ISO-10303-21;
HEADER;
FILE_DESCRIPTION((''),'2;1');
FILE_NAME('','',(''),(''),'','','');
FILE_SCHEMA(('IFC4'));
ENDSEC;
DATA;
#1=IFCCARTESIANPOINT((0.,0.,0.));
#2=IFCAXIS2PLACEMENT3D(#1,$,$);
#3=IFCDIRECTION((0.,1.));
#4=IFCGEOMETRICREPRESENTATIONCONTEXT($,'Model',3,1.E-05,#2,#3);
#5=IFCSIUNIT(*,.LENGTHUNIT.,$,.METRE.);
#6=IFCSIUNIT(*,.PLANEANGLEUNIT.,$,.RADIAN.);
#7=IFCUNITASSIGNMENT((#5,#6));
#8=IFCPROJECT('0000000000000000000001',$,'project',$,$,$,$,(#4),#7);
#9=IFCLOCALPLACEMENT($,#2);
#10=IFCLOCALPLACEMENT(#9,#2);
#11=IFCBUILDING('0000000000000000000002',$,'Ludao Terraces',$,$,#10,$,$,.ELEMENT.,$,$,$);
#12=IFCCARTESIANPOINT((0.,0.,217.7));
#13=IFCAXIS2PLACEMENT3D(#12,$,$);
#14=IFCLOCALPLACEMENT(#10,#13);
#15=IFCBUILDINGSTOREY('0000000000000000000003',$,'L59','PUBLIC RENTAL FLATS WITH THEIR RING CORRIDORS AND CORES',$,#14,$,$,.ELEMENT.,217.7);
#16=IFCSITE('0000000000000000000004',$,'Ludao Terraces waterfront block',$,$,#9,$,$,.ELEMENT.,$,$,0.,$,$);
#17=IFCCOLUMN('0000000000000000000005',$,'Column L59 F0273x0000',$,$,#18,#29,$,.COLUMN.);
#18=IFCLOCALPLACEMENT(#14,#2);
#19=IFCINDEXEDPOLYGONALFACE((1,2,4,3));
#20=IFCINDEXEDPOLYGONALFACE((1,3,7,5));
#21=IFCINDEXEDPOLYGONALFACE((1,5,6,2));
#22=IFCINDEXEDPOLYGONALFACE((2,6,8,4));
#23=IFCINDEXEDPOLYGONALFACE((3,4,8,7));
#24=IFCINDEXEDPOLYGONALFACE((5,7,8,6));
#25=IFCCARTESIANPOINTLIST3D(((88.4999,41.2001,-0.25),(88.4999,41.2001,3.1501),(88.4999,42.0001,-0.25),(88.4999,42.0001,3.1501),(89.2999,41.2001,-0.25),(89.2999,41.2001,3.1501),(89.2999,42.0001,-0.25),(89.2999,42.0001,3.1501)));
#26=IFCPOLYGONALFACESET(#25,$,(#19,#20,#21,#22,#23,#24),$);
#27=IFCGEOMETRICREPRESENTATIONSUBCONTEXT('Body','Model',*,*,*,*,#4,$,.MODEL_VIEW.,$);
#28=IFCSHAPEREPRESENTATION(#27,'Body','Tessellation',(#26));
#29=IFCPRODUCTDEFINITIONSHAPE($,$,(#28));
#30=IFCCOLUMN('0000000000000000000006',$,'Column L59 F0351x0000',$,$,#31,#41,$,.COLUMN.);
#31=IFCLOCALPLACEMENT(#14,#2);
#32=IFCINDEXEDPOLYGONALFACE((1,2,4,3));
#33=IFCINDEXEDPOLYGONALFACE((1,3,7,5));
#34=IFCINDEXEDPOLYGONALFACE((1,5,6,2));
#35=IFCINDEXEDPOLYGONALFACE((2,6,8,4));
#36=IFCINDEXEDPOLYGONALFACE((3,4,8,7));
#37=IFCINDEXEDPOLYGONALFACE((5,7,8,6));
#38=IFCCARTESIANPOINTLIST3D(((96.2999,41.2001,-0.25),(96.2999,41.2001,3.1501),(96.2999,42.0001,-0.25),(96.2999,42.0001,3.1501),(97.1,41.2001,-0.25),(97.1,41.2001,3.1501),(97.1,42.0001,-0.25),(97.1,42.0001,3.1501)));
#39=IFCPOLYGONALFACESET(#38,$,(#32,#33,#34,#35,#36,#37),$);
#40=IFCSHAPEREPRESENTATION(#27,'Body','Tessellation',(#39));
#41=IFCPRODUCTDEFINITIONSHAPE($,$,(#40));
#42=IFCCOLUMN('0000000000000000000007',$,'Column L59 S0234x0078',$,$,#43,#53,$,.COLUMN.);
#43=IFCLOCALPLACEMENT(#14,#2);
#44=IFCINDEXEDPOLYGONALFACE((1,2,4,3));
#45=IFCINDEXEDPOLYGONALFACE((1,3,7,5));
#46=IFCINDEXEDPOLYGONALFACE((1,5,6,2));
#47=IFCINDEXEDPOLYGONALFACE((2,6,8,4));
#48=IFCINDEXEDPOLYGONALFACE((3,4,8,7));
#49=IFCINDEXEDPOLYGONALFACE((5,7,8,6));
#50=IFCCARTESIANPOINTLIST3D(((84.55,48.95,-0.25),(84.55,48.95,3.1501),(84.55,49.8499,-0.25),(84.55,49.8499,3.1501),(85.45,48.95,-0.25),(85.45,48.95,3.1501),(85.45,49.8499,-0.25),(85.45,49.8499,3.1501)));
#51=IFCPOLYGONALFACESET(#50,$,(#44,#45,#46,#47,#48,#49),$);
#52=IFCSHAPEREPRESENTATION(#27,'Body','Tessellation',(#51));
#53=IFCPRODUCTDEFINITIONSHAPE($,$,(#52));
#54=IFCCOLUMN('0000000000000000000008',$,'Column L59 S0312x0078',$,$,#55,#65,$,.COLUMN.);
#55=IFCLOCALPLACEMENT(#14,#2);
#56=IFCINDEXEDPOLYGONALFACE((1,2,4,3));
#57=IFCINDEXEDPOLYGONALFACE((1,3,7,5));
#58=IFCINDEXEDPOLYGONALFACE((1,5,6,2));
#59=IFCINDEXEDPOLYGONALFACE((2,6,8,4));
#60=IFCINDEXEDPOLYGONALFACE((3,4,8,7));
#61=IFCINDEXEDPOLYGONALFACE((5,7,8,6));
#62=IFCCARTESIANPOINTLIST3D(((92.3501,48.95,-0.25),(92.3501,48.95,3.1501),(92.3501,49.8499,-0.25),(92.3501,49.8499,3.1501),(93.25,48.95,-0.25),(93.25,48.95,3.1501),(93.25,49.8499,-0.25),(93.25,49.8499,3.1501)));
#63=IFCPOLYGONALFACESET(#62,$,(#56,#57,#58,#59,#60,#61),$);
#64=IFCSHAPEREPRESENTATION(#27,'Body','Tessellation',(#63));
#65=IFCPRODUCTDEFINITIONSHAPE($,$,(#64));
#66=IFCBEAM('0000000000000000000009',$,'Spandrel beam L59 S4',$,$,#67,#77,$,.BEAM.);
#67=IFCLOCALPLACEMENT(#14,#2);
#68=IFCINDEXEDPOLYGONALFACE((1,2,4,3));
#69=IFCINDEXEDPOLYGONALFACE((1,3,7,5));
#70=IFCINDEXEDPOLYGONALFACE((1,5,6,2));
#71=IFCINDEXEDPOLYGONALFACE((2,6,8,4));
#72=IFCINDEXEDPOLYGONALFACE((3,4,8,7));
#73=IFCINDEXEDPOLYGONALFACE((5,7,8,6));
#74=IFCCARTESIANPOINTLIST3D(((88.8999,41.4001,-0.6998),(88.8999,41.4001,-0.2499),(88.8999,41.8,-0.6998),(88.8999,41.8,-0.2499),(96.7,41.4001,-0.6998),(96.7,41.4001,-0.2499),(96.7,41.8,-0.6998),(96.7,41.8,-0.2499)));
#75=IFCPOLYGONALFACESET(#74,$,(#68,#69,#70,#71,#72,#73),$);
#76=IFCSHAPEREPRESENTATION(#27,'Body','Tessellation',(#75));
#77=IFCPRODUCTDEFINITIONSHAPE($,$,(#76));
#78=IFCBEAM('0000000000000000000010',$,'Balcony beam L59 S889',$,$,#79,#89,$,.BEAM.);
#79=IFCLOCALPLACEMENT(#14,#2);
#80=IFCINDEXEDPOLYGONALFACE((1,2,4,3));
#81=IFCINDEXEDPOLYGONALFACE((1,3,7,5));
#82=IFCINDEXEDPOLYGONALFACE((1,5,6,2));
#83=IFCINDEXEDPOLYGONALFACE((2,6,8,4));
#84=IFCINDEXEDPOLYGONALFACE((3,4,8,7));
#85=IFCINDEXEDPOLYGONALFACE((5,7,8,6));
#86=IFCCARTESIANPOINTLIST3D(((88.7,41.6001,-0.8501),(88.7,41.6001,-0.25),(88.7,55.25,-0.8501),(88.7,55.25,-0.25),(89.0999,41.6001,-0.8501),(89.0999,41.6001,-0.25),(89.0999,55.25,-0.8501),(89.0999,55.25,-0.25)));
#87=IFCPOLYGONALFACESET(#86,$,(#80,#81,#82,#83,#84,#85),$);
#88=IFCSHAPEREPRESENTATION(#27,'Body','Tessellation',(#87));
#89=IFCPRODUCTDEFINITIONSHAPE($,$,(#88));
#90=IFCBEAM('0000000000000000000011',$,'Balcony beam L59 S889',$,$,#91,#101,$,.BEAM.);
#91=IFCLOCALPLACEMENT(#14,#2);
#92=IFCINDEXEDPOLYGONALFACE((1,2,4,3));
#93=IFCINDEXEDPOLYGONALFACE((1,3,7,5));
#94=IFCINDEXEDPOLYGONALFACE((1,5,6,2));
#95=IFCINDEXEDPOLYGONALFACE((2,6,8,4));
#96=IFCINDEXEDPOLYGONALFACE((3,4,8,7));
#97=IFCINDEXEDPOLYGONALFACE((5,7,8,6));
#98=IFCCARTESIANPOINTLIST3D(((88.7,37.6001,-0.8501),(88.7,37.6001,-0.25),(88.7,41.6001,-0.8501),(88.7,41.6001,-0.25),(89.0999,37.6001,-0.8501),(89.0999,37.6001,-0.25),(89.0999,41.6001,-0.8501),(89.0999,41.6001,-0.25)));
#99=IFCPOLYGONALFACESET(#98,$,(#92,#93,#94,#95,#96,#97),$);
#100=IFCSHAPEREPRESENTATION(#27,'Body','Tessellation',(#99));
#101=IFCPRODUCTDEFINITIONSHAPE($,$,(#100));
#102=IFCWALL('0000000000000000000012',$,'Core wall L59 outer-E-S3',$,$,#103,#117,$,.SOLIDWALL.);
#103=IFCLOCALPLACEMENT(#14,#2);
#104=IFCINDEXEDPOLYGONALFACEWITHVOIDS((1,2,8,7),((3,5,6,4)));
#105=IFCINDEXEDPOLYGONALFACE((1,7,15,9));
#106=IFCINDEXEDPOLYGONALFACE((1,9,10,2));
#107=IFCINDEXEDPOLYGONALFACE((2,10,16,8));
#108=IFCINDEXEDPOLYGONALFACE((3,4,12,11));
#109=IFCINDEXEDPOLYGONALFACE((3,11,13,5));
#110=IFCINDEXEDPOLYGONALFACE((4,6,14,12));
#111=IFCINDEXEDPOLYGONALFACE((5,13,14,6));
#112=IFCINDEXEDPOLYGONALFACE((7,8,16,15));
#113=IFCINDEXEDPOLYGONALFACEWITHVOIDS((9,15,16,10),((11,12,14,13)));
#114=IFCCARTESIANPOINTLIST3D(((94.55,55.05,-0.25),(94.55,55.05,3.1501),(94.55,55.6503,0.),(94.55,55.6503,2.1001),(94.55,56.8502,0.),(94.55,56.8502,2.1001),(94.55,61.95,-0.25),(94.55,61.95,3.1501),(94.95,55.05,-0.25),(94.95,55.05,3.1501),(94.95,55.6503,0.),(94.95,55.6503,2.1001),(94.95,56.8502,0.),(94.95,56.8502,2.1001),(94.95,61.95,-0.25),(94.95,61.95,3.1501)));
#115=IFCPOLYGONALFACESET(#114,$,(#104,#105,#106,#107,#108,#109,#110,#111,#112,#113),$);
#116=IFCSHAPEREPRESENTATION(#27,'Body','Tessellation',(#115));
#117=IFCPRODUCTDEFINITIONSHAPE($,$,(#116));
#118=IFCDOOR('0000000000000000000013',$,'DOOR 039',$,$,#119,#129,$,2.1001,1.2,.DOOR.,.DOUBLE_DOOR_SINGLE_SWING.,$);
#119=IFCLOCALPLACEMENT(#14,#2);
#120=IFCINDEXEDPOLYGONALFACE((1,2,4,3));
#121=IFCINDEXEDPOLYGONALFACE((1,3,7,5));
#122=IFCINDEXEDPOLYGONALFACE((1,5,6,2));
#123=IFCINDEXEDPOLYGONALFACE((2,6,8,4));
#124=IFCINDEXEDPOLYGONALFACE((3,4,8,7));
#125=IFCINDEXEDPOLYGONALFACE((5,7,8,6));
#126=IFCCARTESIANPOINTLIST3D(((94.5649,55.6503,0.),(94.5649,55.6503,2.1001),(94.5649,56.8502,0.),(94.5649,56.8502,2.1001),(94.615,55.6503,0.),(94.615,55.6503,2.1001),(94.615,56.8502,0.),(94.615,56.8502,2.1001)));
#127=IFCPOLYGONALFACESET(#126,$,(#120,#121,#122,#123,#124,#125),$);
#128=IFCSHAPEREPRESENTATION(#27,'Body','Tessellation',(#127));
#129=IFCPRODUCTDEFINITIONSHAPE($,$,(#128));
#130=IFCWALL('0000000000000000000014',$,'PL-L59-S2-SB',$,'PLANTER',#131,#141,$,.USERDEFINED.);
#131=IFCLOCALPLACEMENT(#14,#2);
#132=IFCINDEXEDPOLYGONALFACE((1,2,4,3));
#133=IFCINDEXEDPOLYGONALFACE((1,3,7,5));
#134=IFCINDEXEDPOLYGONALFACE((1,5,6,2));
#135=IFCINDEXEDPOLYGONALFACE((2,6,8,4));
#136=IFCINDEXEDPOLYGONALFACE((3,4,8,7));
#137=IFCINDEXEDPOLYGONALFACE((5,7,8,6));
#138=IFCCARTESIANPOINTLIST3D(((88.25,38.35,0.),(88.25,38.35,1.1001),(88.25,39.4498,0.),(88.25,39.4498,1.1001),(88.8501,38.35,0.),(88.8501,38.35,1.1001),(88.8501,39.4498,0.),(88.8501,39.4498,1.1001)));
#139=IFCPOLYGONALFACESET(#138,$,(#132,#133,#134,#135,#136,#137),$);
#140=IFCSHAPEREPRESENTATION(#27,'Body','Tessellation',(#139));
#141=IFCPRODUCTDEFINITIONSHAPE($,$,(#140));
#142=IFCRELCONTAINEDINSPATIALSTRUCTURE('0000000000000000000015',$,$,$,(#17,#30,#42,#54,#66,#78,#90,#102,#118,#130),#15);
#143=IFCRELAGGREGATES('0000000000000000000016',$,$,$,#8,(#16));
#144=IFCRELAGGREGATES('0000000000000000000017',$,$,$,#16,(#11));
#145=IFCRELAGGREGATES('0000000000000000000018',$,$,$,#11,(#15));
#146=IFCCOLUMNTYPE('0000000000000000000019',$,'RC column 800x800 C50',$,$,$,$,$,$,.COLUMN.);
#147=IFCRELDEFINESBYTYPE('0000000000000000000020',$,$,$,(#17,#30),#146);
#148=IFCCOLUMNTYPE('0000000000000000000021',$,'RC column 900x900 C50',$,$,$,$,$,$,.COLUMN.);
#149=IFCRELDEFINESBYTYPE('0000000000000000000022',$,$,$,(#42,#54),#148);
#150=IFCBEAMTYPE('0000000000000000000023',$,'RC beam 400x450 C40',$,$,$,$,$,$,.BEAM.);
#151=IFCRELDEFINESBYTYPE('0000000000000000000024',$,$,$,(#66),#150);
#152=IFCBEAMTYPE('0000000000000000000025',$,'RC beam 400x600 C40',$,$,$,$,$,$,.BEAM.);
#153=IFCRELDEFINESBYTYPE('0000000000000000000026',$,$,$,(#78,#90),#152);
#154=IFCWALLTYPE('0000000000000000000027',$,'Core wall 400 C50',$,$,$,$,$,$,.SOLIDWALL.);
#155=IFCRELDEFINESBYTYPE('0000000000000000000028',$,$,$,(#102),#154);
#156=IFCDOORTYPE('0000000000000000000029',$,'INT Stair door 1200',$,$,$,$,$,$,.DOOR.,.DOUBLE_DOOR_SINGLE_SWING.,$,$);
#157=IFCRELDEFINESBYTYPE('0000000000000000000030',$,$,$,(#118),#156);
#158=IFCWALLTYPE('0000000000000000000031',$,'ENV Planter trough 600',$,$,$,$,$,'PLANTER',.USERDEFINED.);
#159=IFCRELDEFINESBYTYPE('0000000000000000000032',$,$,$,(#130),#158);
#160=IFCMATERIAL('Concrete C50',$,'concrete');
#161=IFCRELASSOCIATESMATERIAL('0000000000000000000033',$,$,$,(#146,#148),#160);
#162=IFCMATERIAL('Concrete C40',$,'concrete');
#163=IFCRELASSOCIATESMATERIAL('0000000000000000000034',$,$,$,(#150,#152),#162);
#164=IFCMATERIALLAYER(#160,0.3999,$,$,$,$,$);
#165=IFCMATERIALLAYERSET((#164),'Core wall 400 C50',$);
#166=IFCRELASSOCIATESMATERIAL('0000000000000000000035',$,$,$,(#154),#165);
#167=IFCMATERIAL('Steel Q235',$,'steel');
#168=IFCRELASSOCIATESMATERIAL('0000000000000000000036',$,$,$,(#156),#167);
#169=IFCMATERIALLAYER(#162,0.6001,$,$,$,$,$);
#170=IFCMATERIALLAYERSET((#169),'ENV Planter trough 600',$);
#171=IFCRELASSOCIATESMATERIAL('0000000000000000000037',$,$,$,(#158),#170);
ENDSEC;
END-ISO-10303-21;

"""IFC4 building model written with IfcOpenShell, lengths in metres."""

from ifc_helpers import new_model, si_unit, direction, frame, frame_2d, origin, origin_2d, place, context, subcontext, project, spatial, rectangle, extrude, material, layer, layer_set, material_profile, profile_set, type_object, element, fill, save


model = new_model("IFC4")

# Units and contexts
model_context = context("Model", 3, precision=1e-05, world=origin(), true_north=direction((0.0, 1.0)))
body_context = subcontext(model_context, "Body", "Model", "MODEL_VIEW")
ifc_project = project(units=[si_unit("LENGTHUNIT", "METRE"), si_unit("PLANEANGLEUNIT", "RADIAN")], contexts=[model_context])

# Site, building, storey
site_placement = place(None, origin())
site = spatial("IfcSite", under=ifc_project, at=site_placement, Name="Ludao Terraces waterfront block", CompositionType="ELEMENT", RefElevation=0.0)
building_placement = place(site_placement, origin())
building = spatial("IfcBuilding", under=site, at=building_placement, Name="Ludao Terraces", CompositionType="ELEMENT")
storey_placement = place(building_placement, frame((0.0, 0.0, 217.7)))
storey = spatial("IfcBuildingStorey", under=building, at=storey_placement, Name="L59", Description="PUBLIC RENTAL FLATS WITH THEIR RING CORRIDORS AND CORES", CompositionType="ELEMENT", Elevation=217.7)

# Columns
ifc_material_1 = material(Name="Concrete C50", Category="concrete")
ifc_material_profile_1 = material_profile(ifc_material_1, rectangle(XDim=0.8, YDim=0.8, at=origin_2d()), Name="800 X 800")
ifc_profile_set_1 = profile_set([ifc_material_profile_1], Name="Concrete C50")
column_type_1 = type_object("IfcColumnType", Name="RC column 800x800 C50", PredefinedType="COLUMN", material=ifc_profile_set_1)
for number, where, z_axis, x_axis, name in (
    (1, (88.8999, 41.6001, -0.25), (0.0, 0.0, 1.0), (1.0, 0.0, 0.0), "Column L59 F0273x0000"),
    (2, (96.7, 41.6001, -0.25), (0.0, 0.0, 1.0), (1.0, 0.0, 0.0), "Column L59 F0351x0000"),
):
    element("IfcColumn", number, at=place(storey_placement, frame(where, z_axis=z_axis, x_axis=x_axis)), inside=storey, type_object=column_type_1, Name=name, PredefinedType="COLUMN", context=body_context, shape_type="SweptSolid", body=[
        extrude(rectangle(XDim=0.8, YDim=0.8, at=origin_2d()), origin(), (0.0, 0.0, 1.0), 3.4001),
    ])
ifc_material_profile_2 = material_profile(ifc_material_1, rectangle(XDim=0.8999, YDim=0.8999, at=origin_2d()), Name="900 X 900")
ifc_profile_set_2 = profile_set([ifc_material_profile_2], Name="Concrete C50")
column_type_2 = type_object("IfcColumnType", Name="RC column 900x900 C50", PredefinedType="COLUMN", material=ifc_profile_set_2)
for number, where, z_axis, x_axis, name in (
    (3, (85.0, 49.3999, -0.25), (0.0, 0.0, 1.0), (1.0, 0.0, 0.0), "Column L59 S0234x0078"),
    (4, (92.8, 49.3999, -0.25), (0.0, 0.0, 1.0), (1.0, 0.0, 0.0), "Column L59 S0312x0078"),
):
    element("IfcColumn", number, at=place(storey_placement, frame(where, z_axis=z_axis, x_axis=x_axis)), inside=storey, type_object=column_type_2, Name=name, PredefinedType="COLUMN", context=body_context, shape_type="SweptSolid", body=[
        extrude(rectangle(XDim=0.8999, YDim=0.8999, at=origin_2d()), origin(), (0.0, 0.0, 1.0), 3.4001),
    ])

# Beams
ifc_material_2 = material(Name="Concrete C40", Category="concrete")
ifc_material_profile_3 = material_profile(ifc_material_2, rectangle(XDim=0.3999, YDim=0.45, at=origin_2d()), Name="400 X 450")
ifc_profile_set_3 = profile_set([ifc_material_profile_3], Name="Concrete C40")
beam_type_1 = type_object("IfcBeamType", Name="RC beam 400x450 C40", PredefinedType="BEAM", material=ifc_profile_set_3)
beam_1_placement = place(storey_placement, frame((88.8999, 41.6001, -0.4749), z_axis=(1.0, 0.0, 0.0), x_axis=(0.0, 1.0, 0.0)))
element("IfcBeam", 5, at=beam_1_placement, inside=storey, type_object=beam_type_1, Name="Spandrel beam L59 S4", PredefinedType="BEAM", context=body_context, shape_type="SweptSolid", body=[
    extrude(rectangle(XDim=0.3999, YDim=0.45, at=origin_2d()), origin(), (0.0, 0.0, 1.0), 7.8),
])
ifc_material_profile_4 = material_profile(ifc_material_2, rectangle(XDim=0.3999, YDim=0.6001, at=origin_2d()), Name="400 X 600")
ifc_profile_set_4 = profile_set([ifc_material_profile_4], Name="Concrete C40")
beam_type_2 = type_object("IfcBeamType", Name="RC beam 400x600 C40", PredefinedType="BEAM", material=ifc_profile_set_4)
beam_2_placement = place(storey_placement, frame((88.8999, 55.25, -0.55), z_axis=(0.0, -1.0, 0.0), x_axis=(1.0, 0.0, 0.0)))
element("IfcBeam", 6, at=beam_2_placement, inside=storey, type_object=beam_type_2, Name="Balcony beam L59 S889", PredefinedType="BEAM", context=body_context, shape_type="SweptSolid", body=[
    extrude(rectangle(XDim=0.3999, YDim=0.6001, at=origin_2d()), origin(), (0.0, 0.0, 1.0), 13.6499),
])
beam_3_placement = place(storey_placement, frame((88.8999, 41.6001, -0.55), z_axis=(0.0, -1.0, 0.0), x_axis=(1.0, 0.0, 0.0)))
element("IfcBeam", 7, at=beam_3_placement, inside=storey, type_object=beam_type_2, Name="Balcony beam L59 S889", PredefinedType="BEAM", context=body_context, shape_type="SweptSolid", body=[
    extrude(rectangle(XDim=0.3999, YDim=0.6001, at=origin_2d()), origin(), (0.0, 0.0, 1.0), 4.0),
])

# Wall, opening, door
ifc_layer_1 = layer(ifc_material_1, 0.3999)
ifc_layer_set_1 = layer_set([ifc_layer_1], Name="Core wall 400 C50")
wall_type_1 = type_object("IfcWallType", Name="Core wall 400 C50", PredefinedType="SOLIDWALL", material=ifc_layer_set_1)
wall_1_placement = place(storey_placement, frame((94.75, 55.05, -0.25), z_axis=(0.0, 0.0, 1.0), x_axis=(0.0, 1.0, 0.0)))
wall_1 = element("IfcWall", 8, at=wall_1_placement, inside=storey, type_object=wall_type_1, Name="Core wall L59 outer-E-S3", PredefinedType="SOLIDWALL", context=body_context, shape_type="SweptSolid", body=[
    extrude(rectangle(XDim=6.8999, YDim=0.3999, at=frame_2d((3.45, 0.0))), origin(), (0.0, 0.0, 1.0), 3.4001),
])
opening_1_placement = place(wall_1_placement, frame((0.6001, 0.0, 0.25)))
opening_1 = element("IfcOpeningElement", 9, at=opening_1_placement, cuts=wall_1, PredefinedType="OPENING", context=body_context, shape_type="SweptSolid", body=[
    extrude(rectangle(XDim=1.2, YDim=2.1001, at=frame_2d((0.6001, 1.05))), frame((0.0, 0.21, 0.0), z_axis=(0.0, -1.0, 0.0), x_axis=(1.0, 0.0, 0.0)), (0.0, 0.0, 1.0), 0.4199),
])
ifc_material_3 = material(Name="Steel Q235", Category="steel")
door_type_1 = type_object("IfcDoorType", Name="INT Stair door 1200", OperationType="DOUBLE_DOOR_SINGLE_SWING", PredefinedType="DOOR", material=ifc_material_3)
door_1_placement = place(opening_1_placement, origin())
door_1 = element("IfcDoor", 10, at=door_1_placement, inside=storey, type_object=door_type_1, Name="DOOR 039", OperationType="DOUBLE_DOOR_SINGLE_SWING", OverallHeight=2.1001, OverallWidth=1.2, PredefinedType="DOOR", context=body_context, shape_type="SweptSolid", body=[
    extrude(rectangle(XDim=1.2, YDim=2.1001, at=frame_2d((0.6001, 1.05))), frame((0.0, 0.1851, 0.0), z_axis=(0.0, -1.0, 0.0), x_axis=(1.0, 0.0, 0.0)), (0.0, 0.0, 1.0), 0.05),
])
fill(opening_1, door_1)

# Wall
ifc_layer_2 = layer(ifc_material_2, 0.6001)
ifc_layer_set_2 = layer_set([ifc_layer_2], Name="ENV Planter trough 600")
wall_type_2 = type_object("IfcWallType", Name="ENV Planter trough 600", ElementType="PLANTER", PredefinedType="USERDEFINED", material=ifc_layer_set_2)
wall_2_placement = place(storey_placement, frame((88.55, 38.3501, 0.0), z_axis=(0.0, 0.0, 1.0), x_axis=(0.0, 1.0, 0.0)))
element("IfcWall", 11, at=wall_2_placement, inside=storey, type_object=wall_type_2, Name="PL-L59-S2-SB", ObjectType="PLANTER", PredefinedType="USERDEFINED", context=body_context, shape_type="SweptSolid", body=[
    extrude(rectangle(XDim=1.0999, YDim=0.6001, at=frame_2d((0.5498, 0.0))), origin(), (0.0, 0.0, 1.0), 1.1001),
])

save(model, "model.ifc")
